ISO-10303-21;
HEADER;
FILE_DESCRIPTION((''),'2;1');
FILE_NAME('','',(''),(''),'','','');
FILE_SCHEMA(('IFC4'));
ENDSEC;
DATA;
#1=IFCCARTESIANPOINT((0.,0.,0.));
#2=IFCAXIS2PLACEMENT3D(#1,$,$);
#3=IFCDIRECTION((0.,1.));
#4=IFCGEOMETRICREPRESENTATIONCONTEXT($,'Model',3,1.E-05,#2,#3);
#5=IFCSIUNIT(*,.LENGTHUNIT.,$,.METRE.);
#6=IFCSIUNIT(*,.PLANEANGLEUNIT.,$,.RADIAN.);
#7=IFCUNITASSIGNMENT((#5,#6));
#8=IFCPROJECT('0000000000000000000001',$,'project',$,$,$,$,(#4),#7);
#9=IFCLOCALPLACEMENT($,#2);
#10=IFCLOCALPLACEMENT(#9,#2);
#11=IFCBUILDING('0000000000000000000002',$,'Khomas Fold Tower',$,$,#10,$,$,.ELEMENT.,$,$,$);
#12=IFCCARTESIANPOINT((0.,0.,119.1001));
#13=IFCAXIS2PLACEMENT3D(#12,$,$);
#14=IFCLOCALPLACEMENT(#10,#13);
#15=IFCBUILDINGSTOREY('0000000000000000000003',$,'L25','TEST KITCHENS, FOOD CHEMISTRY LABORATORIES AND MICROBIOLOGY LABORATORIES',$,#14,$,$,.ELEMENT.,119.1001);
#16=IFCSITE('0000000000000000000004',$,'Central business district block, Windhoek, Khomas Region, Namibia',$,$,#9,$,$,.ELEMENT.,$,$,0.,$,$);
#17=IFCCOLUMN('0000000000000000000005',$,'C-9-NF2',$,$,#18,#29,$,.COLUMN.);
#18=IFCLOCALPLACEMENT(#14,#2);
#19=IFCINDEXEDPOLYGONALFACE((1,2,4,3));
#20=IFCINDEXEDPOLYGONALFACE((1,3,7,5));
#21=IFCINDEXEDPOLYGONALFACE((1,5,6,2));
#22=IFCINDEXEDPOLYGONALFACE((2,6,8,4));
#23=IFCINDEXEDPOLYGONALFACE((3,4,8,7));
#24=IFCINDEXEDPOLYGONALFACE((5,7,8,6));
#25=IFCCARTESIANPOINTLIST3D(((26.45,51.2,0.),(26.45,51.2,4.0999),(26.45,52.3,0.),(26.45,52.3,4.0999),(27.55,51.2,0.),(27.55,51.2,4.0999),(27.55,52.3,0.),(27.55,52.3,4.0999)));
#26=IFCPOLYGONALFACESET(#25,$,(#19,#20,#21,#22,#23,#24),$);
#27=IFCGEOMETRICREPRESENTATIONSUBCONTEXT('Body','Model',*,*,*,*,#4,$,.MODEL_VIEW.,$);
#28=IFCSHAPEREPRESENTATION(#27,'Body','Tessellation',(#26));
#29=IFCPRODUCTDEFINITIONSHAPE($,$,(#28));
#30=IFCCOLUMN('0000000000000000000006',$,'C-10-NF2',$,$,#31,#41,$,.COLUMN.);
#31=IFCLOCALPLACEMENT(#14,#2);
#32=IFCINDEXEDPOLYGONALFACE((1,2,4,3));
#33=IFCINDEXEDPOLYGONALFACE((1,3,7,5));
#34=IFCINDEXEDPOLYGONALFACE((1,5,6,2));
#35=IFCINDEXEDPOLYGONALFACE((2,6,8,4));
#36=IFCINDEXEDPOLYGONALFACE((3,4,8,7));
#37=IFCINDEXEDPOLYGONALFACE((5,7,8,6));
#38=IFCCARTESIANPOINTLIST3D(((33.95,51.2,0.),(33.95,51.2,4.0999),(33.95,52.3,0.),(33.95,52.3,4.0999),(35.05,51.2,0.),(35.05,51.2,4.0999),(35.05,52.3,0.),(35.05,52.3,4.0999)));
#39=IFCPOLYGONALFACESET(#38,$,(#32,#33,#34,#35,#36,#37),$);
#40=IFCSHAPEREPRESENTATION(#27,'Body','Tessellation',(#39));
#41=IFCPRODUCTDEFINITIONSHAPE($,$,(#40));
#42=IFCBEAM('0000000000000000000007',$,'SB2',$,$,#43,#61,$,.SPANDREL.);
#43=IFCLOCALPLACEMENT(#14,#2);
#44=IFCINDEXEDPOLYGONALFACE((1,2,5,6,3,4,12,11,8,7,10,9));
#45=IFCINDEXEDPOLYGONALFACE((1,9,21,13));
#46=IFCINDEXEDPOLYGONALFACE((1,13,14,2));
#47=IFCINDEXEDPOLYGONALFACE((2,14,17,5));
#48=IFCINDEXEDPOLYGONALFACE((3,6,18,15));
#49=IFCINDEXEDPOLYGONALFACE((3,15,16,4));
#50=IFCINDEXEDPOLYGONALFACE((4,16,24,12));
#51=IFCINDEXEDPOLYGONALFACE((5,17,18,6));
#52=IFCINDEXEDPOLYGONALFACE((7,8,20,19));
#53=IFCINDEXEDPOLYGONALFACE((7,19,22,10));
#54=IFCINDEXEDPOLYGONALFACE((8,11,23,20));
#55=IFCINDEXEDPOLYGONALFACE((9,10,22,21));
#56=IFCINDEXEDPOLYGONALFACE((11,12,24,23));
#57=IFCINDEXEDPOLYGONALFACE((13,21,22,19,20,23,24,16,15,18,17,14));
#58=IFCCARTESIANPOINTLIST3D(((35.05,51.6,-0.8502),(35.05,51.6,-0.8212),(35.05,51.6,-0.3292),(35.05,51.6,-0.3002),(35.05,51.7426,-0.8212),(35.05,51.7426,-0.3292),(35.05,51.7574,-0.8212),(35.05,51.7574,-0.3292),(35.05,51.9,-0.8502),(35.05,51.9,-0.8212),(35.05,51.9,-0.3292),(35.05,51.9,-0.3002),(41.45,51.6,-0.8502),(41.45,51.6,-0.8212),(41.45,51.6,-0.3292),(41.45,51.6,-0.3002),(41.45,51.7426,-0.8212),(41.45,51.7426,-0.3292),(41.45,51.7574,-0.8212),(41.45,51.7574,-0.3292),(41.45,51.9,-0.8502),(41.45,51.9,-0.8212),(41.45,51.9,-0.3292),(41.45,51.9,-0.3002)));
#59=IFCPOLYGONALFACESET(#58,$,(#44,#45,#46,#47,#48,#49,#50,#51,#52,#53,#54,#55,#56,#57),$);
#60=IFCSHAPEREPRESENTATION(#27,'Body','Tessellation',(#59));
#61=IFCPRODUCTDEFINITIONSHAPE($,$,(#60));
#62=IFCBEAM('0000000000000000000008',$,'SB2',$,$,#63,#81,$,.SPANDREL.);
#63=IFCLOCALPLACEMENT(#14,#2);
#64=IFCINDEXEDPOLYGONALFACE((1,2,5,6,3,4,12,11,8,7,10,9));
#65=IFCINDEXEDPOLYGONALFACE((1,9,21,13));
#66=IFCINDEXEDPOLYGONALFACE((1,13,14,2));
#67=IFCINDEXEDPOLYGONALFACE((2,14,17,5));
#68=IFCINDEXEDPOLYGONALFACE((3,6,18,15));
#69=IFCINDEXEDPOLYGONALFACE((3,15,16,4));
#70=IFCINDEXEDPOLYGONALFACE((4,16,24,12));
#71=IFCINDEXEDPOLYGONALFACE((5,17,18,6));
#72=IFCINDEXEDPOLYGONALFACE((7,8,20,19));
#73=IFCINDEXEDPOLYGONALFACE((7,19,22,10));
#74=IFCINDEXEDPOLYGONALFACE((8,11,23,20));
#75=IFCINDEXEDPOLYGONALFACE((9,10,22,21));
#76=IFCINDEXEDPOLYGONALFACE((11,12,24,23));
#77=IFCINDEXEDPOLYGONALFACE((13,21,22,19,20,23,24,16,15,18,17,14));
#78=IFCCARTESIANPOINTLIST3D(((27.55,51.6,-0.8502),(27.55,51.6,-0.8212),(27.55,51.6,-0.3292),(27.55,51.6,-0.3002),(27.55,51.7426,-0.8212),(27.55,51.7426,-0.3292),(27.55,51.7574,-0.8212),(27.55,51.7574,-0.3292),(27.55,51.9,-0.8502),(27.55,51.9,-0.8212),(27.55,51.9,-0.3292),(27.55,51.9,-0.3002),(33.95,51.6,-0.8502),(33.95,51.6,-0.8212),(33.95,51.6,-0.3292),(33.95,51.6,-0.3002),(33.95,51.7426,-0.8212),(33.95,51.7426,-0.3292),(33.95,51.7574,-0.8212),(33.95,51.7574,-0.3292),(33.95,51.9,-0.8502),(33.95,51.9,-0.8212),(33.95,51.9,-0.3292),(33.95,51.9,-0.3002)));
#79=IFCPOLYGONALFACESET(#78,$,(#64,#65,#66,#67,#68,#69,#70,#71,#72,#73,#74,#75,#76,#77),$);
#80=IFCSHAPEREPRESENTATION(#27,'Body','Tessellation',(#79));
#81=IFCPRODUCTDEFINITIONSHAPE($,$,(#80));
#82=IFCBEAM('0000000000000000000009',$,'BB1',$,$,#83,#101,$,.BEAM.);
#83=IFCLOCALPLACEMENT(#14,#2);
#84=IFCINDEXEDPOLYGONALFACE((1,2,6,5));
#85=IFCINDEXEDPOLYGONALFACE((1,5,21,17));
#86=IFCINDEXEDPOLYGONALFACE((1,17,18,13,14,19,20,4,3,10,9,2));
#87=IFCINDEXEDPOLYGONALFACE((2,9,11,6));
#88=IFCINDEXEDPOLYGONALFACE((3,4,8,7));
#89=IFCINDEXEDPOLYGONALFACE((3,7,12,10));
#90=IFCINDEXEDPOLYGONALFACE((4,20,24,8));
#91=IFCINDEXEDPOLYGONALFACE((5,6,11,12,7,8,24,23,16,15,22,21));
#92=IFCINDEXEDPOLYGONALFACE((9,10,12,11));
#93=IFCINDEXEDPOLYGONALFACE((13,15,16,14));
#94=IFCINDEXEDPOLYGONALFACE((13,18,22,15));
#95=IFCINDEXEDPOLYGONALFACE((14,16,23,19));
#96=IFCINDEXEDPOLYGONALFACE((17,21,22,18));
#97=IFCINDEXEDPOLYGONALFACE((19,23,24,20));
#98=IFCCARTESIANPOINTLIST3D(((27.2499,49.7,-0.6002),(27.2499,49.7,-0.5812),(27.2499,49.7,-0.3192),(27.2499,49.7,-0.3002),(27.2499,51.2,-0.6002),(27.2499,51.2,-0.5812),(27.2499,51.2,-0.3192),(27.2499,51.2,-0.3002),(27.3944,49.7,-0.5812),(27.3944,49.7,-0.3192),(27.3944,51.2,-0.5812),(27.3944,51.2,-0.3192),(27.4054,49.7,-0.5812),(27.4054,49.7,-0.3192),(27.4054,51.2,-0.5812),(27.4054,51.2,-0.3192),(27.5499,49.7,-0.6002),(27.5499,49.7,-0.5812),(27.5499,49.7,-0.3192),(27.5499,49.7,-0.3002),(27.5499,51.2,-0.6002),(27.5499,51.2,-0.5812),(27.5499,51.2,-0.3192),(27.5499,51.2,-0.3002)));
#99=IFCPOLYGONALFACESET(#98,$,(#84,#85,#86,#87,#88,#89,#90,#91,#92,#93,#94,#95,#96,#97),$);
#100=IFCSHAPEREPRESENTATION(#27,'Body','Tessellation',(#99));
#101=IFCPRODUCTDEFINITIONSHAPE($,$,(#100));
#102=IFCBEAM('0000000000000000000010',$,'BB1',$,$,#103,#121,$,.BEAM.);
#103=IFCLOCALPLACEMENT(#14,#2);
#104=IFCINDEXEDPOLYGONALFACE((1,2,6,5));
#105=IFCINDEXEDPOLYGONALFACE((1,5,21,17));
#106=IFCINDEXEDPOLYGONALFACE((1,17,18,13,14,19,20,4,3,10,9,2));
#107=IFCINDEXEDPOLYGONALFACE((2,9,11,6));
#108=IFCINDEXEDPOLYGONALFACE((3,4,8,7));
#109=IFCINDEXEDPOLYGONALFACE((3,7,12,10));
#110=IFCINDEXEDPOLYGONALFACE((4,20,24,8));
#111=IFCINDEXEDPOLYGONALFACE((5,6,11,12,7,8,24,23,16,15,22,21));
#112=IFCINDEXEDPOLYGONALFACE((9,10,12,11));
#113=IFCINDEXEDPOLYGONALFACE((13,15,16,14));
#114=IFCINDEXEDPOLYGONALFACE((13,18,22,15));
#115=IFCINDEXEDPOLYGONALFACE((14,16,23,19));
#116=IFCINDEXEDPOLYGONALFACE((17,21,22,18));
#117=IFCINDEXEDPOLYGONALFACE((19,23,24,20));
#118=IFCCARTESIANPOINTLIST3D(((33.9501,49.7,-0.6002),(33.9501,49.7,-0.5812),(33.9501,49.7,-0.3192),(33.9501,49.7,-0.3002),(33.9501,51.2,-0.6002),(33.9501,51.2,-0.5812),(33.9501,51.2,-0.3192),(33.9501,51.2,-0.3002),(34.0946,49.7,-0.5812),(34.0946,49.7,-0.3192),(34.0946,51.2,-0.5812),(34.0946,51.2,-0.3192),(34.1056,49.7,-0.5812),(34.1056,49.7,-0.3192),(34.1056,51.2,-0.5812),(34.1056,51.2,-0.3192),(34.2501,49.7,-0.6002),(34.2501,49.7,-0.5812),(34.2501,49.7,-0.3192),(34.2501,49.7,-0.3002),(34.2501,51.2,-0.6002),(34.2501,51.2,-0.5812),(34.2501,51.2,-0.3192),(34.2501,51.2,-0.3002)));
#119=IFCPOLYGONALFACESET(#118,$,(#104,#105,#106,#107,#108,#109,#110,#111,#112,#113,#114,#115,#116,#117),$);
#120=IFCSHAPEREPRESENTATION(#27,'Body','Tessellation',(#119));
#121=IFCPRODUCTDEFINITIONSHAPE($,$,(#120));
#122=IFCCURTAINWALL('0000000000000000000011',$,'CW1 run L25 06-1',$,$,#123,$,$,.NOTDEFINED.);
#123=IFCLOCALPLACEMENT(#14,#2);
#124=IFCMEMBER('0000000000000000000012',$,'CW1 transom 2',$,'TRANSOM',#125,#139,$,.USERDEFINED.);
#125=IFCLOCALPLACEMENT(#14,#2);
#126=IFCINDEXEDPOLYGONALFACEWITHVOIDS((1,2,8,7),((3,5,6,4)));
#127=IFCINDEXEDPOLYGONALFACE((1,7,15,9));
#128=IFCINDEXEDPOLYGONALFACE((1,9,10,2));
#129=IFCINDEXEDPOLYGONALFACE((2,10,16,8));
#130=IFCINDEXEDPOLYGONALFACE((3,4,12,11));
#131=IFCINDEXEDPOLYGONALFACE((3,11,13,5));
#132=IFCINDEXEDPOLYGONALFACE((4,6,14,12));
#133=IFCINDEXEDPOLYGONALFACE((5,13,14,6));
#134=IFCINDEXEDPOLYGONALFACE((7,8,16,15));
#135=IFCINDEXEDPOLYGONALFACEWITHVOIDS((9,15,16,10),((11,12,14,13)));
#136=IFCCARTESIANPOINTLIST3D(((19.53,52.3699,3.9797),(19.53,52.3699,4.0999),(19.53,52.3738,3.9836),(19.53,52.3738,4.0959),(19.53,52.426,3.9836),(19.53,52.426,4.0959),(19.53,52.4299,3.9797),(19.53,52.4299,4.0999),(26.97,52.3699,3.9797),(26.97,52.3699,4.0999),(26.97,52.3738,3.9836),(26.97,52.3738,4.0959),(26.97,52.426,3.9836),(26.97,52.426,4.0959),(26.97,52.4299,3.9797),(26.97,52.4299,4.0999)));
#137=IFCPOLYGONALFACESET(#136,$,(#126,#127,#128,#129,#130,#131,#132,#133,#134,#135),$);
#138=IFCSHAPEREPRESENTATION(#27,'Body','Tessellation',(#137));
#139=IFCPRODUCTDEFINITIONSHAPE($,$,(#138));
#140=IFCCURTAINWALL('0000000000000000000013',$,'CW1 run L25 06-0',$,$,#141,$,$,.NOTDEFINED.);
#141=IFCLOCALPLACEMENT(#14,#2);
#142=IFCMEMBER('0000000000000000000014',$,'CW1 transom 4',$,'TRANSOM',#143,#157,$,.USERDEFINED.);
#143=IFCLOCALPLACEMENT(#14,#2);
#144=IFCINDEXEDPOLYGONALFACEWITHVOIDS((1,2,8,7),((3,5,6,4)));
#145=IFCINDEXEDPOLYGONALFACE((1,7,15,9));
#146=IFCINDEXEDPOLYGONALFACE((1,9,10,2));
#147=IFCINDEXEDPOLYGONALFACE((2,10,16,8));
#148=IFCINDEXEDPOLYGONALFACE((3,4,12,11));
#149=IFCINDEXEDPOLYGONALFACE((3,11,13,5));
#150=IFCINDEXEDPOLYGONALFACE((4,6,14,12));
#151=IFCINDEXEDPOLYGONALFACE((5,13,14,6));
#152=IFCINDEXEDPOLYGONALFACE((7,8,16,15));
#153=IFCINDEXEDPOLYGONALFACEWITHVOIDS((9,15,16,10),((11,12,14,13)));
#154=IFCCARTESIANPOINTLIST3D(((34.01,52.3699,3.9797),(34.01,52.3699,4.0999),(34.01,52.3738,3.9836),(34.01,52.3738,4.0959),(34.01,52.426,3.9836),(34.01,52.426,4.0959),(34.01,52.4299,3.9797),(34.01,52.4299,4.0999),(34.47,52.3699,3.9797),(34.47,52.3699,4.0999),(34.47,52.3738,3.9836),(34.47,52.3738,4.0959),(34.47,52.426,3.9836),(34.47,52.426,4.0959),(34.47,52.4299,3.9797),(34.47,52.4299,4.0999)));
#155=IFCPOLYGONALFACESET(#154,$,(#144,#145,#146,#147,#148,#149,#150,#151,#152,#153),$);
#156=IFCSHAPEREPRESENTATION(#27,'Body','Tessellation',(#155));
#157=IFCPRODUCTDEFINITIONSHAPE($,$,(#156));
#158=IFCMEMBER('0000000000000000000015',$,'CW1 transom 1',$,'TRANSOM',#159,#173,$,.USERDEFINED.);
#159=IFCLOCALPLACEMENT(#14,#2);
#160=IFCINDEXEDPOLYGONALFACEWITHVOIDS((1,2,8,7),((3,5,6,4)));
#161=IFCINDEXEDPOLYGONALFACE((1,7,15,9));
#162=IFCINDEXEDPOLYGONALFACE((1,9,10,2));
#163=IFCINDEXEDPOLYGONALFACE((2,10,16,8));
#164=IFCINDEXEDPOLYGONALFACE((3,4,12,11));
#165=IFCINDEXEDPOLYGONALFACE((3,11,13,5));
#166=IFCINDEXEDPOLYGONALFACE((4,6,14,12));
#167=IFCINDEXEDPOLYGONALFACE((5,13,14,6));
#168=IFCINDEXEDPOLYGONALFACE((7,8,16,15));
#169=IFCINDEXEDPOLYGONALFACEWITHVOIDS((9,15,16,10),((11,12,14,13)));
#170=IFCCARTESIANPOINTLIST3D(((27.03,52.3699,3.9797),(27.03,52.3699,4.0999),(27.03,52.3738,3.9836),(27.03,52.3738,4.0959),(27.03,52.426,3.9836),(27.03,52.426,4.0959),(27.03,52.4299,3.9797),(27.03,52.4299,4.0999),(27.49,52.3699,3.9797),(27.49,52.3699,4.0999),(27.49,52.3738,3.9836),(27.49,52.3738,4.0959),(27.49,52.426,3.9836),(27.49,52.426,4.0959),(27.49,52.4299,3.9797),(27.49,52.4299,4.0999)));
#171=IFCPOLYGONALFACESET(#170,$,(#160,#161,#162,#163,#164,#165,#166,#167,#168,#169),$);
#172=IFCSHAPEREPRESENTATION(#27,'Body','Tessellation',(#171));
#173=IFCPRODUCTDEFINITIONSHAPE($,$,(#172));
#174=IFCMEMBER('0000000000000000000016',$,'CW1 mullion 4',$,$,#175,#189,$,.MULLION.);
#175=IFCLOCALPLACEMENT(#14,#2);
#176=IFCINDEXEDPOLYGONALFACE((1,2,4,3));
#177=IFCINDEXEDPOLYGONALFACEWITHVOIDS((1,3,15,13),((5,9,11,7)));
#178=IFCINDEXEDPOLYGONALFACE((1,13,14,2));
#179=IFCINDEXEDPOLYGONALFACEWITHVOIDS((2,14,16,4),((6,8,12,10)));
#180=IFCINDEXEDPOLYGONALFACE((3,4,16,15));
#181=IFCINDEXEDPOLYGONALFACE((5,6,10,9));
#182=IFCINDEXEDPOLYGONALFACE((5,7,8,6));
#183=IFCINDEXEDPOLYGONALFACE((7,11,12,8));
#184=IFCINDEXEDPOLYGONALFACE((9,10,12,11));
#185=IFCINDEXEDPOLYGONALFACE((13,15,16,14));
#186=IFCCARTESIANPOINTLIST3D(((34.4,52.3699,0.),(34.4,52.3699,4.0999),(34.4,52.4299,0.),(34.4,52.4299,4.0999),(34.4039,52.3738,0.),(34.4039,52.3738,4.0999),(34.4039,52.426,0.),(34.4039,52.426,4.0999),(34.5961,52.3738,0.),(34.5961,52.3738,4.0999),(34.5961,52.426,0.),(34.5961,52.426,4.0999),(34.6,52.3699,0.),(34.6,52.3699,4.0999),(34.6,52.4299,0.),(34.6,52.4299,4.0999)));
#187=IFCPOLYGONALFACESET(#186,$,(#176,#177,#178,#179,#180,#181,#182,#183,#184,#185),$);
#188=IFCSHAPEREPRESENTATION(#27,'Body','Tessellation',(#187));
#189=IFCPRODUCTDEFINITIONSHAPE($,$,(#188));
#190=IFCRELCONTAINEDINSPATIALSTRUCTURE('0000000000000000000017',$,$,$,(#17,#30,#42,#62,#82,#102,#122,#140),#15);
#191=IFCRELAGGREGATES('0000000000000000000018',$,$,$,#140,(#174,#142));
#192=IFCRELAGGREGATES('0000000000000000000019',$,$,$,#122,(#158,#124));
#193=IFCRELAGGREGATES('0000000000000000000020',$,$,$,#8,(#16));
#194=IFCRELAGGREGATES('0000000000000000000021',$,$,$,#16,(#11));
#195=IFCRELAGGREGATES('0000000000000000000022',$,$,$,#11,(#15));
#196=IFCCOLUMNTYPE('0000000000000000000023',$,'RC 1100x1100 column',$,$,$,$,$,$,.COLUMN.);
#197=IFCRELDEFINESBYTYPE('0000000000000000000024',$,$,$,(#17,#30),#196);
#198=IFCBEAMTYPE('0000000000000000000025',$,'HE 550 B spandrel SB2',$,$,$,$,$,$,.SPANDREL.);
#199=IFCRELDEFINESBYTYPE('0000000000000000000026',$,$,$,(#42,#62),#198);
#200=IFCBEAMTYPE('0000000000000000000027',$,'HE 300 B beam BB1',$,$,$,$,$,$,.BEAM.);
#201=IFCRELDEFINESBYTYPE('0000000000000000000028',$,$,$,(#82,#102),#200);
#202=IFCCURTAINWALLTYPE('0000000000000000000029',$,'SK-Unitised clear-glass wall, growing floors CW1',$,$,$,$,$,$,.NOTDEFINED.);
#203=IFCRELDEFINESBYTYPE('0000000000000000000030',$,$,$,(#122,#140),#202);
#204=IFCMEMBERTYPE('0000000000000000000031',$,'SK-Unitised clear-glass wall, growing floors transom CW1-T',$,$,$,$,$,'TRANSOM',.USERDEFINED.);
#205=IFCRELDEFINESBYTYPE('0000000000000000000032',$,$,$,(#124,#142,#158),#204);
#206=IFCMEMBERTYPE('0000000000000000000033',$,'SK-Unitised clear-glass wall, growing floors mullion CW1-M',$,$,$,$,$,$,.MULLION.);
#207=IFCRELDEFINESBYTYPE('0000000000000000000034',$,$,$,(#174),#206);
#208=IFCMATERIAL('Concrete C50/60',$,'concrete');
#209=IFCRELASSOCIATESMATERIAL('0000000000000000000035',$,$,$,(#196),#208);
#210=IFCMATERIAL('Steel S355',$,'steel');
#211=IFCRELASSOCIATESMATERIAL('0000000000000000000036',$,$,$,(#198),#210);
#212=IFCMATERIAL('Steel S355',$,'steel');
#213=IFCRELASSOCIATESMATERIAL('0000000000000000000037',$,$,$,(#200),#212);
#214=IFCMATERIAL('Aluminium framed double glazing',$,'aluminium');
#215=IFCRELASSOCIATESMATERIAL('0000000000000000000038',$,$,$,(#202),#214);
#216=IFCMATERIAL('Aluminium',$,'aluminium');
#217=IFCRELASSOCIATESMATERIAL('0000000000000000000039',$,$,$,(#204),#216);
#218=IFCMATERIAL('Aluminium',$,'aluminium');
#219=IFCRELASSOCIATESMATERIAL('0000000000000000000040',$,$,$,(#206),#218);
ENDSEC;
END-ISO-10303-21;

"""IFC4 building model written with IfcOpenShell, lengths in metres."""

from ifc_helpers import new_model, si_unit, direction, frame, origin, origin_2d, place, context, subcontext, project, spatial, rectangle, hollow_rectangle, i_section, extrude, source, transform, mapped, material, material_profile, profile_set, type_object, element, aggregate, save


model = new_model("IFC4")

# Units and contexts
model_context = context("Model", 3, precision=1e-05, world=origin(), true_north=direction((0.0, 1.0)))
body_context = subcontext(model_context, "Body", "Model", "MODEL_VIEW")
ifc_project = project(units=[si_unit("LENGTHUNIT", "METRE"), si_unit("PLANEANGLEUNIT", "RADIAN")], contexts=[model_context])

# Site, building, storey
site_placement = place(None, origin())
site = spatial("IfcSite", under=ifc_project, at=site_placement, Name="Central business district block, Windhoek, Khomas Region, Namibia", CompositionType="ELEMENT", RefElevation=0.0)
building_placement = place(site_placement, origin())
building = spatial("IfcBuilding", under=site, at=building_placement, Name="Khomas Fold Tower", CompositionType="ELEMENT")
storey_placement = place(building_placement, frame((0.0, 0.0, 119.1001)))
storey = spatial("IfcBuildingStorey", under=building, at=storey_placement, Name="L25", Description="TEST KITCHENS, FOOD CHEMISTRY LABORATORIES AND MICROBIOLOGY LABORATORIES", CompositionType="ELEMENT", Elevation=119.1001)

# Columns
ifc_material_1 = material(Name="Concrete C50/60", Category="concrete")
ifc_material_profile_1 = material_profile(ifc_material_1, rectangle(XDim=1.1001, YDim=1.1001, at=origin_2d()), Name="RC 1100x1100")
ifc_profile_set_1 = profile_set([ifc_material_profile_1], Name="Concrete C50/60")
column_type = type_object("IfcColumnType", Name="RC 1100x1100 column", PredefinedType="COLUMN", material=ifc_profile_set_1)
shared_shape_1 = source(origin(), body_context, "Body", "SweptSolid", [
    extrude(rectangle(XDim=1.1001, YDim=1.1001, at=origin_2d()), origin(), (0.0, 0.0, 1.0), 4.0999),
])
for number, where, z_axis, x_axis, name in (
    (1, (27.0, 51.75, 0.0), (0.0, 0.0, 1.0), (1.0, 0.0, 0.0), "C-9-NF2"),
    (2, (34.5, 51.75, 0.0), (0.0, 0.0, 1.0), (1.0, 0.0, 0.0), "C-10-NF2"),
):
    element("IfcColumn", number, at=place(storey_placement, frame(where, z_axis=z_axis, x_axis=x_axis)), inside=storey, type_object=column_type, Name=name, PredefinedType="COLUMN", context=body_context, shape_type="MappedRepresentation", body=[
        mapped(shared_shape_1, transform((0.0, 0.0, 0.0))),
    ])

# Beams
ifc_material_2 = material(Name="Steel S355", Category="steel")
ifc_material_profile_2 = material_profile(ifc_material_2, i_section(OverallWidth=0.3, OverallDepth=0.55, WebThickness=0.0149, FlangeThickness=0.0291, at=origin_2d()), Name="HE 550 B")
ifc_profile_set_2 = profile_set([ifc_material_profile_2], Name="Steel S355")
beam_type_1 = type_object("IfcBeamType", Name="HE 550 B spandrel SB2", PredefinedType="SPANDREL", material=ifc_profile_set_2)
shared_shape_2 = source(origin(), body_context, "Body", "SweptSolid", [
    extrude(i_section(OverallWidth=0.3, OverallDepth=0.55, WebThickness=0.0149, FlangeThickness=0.0291, at=origin_2d()), origin(), (0.0, 0.0, 1.0), 6.3999),
])
for number, where, z_axis, x_axis, name in (
    (3, (35.05, 51.75, -0.5752), (1.0, 0.0, 0.0), (0.0, 1.0, 0.0), "SB2"),
    (4, (27.55, 51.75, -0.5752), (1.0, 0.0, 0.0), (0.0, 1.0, 0.0), "SB2"),
):
    element("IfcBeam", number, at=place(storey_placement, frame(where, z_axis=z_axis, x_axis=x_axis)), inside=storey, type_object=beam_type_1, Name=name, PredefinedType="SPANDREL", context=body_context, shape_type="MappedRepresentation", body=[
        mapped(shared_shape_2, transform((0.0, 0.0, 0.0))),
    ])
ifc_material_3 = material(Name="Steel S355", Category="steel")
ifc_material_profile_3 = material_profile(ifc_material_3, i_section(OverallWidth=0.3, OverallDepth=0.3, WebThickness=0.011, FlangeThickness=0.019, at=origin_2d()), Name="HE 300 B")
ifc_profile_set_3 = profile_set([ifc_material_profile_3], Name="Steel S355")
beam_type_2 = type_object("IfcBeamType", Name="HE 300 B beam BB1", PredefinedType="BEAM", material=ifc_profile_set_3)
shared_shape_3 = source(origin(), body_context, "Body", "SweptSolid", [
    extrude(i_section(OverallWidth=0.3, OverallDepth=0.3, WebThickness=0.011, FlangeThickness=0.019, at=origin_2d()), origin(), (0.0, 0.0, 1.0), 1.5),
])
for number, where, z_axis, x_axis, name in (
    (5, (27.3999, 49.7, -0.4502), (0.0, 1.0, 0.0), (-1.0, 0.0, 0.0), "BB1"),
    (6, (34.1001, 49.7, -0.4502), (0.0, 1.0, 0.0), (-1.0, 0.0, 0.0), "BB1"),
):
    element("IfcBeam", number, at=place(storey_placement, frame(where, z_axis=z_axis, x_axis=x_axis)), inside=storey, type_object=beam_type_2, Name=name, PredefinedType="BEAM", context=body_context, shape_type="MappedRepresentation", body=[
        mapped(shared_shape_3, transform((0.0, 0.0, 0.0))),
    ])

# Curtain walls, members
ifc_material_4 = material(Name="Aluminium framed double glazing", Category="aluminium")
curtain_wall_type = type_object("IfcCurtainWallType", Name="SK-Unitised clear-glass wall, growing floors CW1", PredefinedType="NOTDEFINED", material=ifc_material_4)
curtain_wall_1_placement = place(storey_placement, origin())
curtain_wall_1 = element("IfcCurtainWall", 7, at=curtain_wall_1_placement, inside=storey, type_object=curtain_wall_type, Name="CW1 run L25 06-1", PredefinedType="NOTDEFINED")
ifc_material_5 = material(Name="Aluminium", Category="aluminium")
ifc_material_profile_4 = material_profile(ifc_material_5, hollow_rectangle(XDim=0.0601, YDim=0.1201, WallThickness=0.0039, at=origin_2d()), Name="SK-Unitised clear-glass wall, growing floors transom CW1-T")
ifc_profile_set_4 = profile_set([ifc_material_profile_4], Name="Aluminium")
member_type_1 = type_object("IfcMemberType", Name="SK-Unitised clear-glass wall, growing floors transom CW1-T", ElementType="TRANSOM", PredefinedType="USERDEFINED", material=ifc_profile_set_4)
shared_shape_4 = source(origin(), body_context, "Body", "SweptSolid", [
    extrude(hollow_rectangle(XDim=0.0601, YDim=0.1201, WallThickness=0.0039, at=origin_2d()), origin(), (0.0, 0.0, 1.0), 7.4399),
])
member_1_placement = place(storey_placement, frame((26.97, 52.3999, 4.0398), z_axis=(-1.0, 0.0, 0.0), x_axis=(0.0, -1.0, 0.0)))
member_1 = element("IfcMember", 8, at=member_1_placement, type_object=member_type_1, Name="CW1 transom 2", ObjectType="TRANSOM", PredefinedType="USERDEFINED", context=body_context, shape_type="MappedRepresentation", body=[
    mapped(shared_shape_4, transform((0.0, 0.0, 0.0))),
])
curtain_wall_2_placement = place(storey_placement, origin())
curtain_wall_2 = element("IfcCurtainWall", 9, at=curtain_wall_2_placement, inside=storey, type_object=curtain_wall_type, Name="CW1 run L25 06-0", PredefinedType="NOTDEFINED")
shared_shape_5 = source(origin(), body_context, "Body", "SweptSolid", [
    extrude(hollow_rectangle(XDim=0.0601, YDim=0.1201, WallThickness=0.0039, at=origin_2d()), origin(), (0.0, 0.0, 1.0), 0.46),
])
member_2_placement = place(storey_placement, frame((34.47, 52.3999, 4.0398), z_axis=(-1.0, 0.0, 0.0), x_axis=(0.0, -1.0, 0.0)))
member_2 = element("IfcMember", 10, at=member_2_placement, type_object=member_type_1, Name="CW1 transom 4", ObjectType="TRANSOM", PredefinedType="USERDEFINED", context=body_context, shape_type="MappedRepresentation", body=[
    mapped(shared_shape_5, transform((0.0, 0.0, 0.0))),
])

# Members
member_3_placement = place(storey_placement, frame((27.49, 52.3999, 4.0398), z_axis=(-1.0, 0.0, 0.0), x_axis=(0.0, -1.0, 0.0)))
member_3 = element("IfcMember", 11, at=member_3_placement, type_object=member_type_1, Name="CW1 transom 1", ObjectType="TRANSOM", PredefinedType="USERDEFINED", context=body_context, shape_type="MappedRepresentation", body=[
    mapped(shared_shape_5, transform((0.0, 0.0, 0.0))),
])
ifc_material_6 = material(Name="Aluminium", Category="aluminium")
ifc_material_profile_5 = material_profile(ifc_material_6, hollow_rectangle(XDim=0.0601, YDim=0.2, WallThickness=0.0039, at=origin_2d()), Name="SK-Unitised clear-glass wall, growing floors mullion CW1-M")
ifc_profile_set_5 = profile_set([ifc_material_profile_5], Name="Aluminium")
member_type_2 = type_object("IfcMemberType", Name="SK-Unitised clear-glass wall, growing floors mullion CW1-M", PredefinedType="MULLION", material=ifc_profile_set_5)
shared_shape_6 = source(origin(), body_context, "Body", "SweptSolid", [
    extrude(hollow_rectangle(XDim=0.0601, YDim=0.2, WallThickness=0.0039, at=origin_2d()), origin(), (0.0, 0.0, 1.0), 4.0999),
])
member_4_placement = place(storey_placement, frame((34.5, 52.3999, 0.0), z_axis=(0.0, 0.0, 1.0), x_axis=(0.0, -1.0, 0.0)))
member_4 = element("IfcMember", 12, at=member_4_placement, type_object=member_type_2, Name="CW1 mullion 4", PredefinedType="MULLION", context=body_context, shape_type="MappedRepresentation", body=[
    mapped(shared_shape_6, transform((0.0, 0.0, 0.0))),
])

aggregate(curtain_wall_2, [member_4, member_2])
aggregate(curtain_wall_1, [member_3, member_1])

save(model, "model.ifc")
